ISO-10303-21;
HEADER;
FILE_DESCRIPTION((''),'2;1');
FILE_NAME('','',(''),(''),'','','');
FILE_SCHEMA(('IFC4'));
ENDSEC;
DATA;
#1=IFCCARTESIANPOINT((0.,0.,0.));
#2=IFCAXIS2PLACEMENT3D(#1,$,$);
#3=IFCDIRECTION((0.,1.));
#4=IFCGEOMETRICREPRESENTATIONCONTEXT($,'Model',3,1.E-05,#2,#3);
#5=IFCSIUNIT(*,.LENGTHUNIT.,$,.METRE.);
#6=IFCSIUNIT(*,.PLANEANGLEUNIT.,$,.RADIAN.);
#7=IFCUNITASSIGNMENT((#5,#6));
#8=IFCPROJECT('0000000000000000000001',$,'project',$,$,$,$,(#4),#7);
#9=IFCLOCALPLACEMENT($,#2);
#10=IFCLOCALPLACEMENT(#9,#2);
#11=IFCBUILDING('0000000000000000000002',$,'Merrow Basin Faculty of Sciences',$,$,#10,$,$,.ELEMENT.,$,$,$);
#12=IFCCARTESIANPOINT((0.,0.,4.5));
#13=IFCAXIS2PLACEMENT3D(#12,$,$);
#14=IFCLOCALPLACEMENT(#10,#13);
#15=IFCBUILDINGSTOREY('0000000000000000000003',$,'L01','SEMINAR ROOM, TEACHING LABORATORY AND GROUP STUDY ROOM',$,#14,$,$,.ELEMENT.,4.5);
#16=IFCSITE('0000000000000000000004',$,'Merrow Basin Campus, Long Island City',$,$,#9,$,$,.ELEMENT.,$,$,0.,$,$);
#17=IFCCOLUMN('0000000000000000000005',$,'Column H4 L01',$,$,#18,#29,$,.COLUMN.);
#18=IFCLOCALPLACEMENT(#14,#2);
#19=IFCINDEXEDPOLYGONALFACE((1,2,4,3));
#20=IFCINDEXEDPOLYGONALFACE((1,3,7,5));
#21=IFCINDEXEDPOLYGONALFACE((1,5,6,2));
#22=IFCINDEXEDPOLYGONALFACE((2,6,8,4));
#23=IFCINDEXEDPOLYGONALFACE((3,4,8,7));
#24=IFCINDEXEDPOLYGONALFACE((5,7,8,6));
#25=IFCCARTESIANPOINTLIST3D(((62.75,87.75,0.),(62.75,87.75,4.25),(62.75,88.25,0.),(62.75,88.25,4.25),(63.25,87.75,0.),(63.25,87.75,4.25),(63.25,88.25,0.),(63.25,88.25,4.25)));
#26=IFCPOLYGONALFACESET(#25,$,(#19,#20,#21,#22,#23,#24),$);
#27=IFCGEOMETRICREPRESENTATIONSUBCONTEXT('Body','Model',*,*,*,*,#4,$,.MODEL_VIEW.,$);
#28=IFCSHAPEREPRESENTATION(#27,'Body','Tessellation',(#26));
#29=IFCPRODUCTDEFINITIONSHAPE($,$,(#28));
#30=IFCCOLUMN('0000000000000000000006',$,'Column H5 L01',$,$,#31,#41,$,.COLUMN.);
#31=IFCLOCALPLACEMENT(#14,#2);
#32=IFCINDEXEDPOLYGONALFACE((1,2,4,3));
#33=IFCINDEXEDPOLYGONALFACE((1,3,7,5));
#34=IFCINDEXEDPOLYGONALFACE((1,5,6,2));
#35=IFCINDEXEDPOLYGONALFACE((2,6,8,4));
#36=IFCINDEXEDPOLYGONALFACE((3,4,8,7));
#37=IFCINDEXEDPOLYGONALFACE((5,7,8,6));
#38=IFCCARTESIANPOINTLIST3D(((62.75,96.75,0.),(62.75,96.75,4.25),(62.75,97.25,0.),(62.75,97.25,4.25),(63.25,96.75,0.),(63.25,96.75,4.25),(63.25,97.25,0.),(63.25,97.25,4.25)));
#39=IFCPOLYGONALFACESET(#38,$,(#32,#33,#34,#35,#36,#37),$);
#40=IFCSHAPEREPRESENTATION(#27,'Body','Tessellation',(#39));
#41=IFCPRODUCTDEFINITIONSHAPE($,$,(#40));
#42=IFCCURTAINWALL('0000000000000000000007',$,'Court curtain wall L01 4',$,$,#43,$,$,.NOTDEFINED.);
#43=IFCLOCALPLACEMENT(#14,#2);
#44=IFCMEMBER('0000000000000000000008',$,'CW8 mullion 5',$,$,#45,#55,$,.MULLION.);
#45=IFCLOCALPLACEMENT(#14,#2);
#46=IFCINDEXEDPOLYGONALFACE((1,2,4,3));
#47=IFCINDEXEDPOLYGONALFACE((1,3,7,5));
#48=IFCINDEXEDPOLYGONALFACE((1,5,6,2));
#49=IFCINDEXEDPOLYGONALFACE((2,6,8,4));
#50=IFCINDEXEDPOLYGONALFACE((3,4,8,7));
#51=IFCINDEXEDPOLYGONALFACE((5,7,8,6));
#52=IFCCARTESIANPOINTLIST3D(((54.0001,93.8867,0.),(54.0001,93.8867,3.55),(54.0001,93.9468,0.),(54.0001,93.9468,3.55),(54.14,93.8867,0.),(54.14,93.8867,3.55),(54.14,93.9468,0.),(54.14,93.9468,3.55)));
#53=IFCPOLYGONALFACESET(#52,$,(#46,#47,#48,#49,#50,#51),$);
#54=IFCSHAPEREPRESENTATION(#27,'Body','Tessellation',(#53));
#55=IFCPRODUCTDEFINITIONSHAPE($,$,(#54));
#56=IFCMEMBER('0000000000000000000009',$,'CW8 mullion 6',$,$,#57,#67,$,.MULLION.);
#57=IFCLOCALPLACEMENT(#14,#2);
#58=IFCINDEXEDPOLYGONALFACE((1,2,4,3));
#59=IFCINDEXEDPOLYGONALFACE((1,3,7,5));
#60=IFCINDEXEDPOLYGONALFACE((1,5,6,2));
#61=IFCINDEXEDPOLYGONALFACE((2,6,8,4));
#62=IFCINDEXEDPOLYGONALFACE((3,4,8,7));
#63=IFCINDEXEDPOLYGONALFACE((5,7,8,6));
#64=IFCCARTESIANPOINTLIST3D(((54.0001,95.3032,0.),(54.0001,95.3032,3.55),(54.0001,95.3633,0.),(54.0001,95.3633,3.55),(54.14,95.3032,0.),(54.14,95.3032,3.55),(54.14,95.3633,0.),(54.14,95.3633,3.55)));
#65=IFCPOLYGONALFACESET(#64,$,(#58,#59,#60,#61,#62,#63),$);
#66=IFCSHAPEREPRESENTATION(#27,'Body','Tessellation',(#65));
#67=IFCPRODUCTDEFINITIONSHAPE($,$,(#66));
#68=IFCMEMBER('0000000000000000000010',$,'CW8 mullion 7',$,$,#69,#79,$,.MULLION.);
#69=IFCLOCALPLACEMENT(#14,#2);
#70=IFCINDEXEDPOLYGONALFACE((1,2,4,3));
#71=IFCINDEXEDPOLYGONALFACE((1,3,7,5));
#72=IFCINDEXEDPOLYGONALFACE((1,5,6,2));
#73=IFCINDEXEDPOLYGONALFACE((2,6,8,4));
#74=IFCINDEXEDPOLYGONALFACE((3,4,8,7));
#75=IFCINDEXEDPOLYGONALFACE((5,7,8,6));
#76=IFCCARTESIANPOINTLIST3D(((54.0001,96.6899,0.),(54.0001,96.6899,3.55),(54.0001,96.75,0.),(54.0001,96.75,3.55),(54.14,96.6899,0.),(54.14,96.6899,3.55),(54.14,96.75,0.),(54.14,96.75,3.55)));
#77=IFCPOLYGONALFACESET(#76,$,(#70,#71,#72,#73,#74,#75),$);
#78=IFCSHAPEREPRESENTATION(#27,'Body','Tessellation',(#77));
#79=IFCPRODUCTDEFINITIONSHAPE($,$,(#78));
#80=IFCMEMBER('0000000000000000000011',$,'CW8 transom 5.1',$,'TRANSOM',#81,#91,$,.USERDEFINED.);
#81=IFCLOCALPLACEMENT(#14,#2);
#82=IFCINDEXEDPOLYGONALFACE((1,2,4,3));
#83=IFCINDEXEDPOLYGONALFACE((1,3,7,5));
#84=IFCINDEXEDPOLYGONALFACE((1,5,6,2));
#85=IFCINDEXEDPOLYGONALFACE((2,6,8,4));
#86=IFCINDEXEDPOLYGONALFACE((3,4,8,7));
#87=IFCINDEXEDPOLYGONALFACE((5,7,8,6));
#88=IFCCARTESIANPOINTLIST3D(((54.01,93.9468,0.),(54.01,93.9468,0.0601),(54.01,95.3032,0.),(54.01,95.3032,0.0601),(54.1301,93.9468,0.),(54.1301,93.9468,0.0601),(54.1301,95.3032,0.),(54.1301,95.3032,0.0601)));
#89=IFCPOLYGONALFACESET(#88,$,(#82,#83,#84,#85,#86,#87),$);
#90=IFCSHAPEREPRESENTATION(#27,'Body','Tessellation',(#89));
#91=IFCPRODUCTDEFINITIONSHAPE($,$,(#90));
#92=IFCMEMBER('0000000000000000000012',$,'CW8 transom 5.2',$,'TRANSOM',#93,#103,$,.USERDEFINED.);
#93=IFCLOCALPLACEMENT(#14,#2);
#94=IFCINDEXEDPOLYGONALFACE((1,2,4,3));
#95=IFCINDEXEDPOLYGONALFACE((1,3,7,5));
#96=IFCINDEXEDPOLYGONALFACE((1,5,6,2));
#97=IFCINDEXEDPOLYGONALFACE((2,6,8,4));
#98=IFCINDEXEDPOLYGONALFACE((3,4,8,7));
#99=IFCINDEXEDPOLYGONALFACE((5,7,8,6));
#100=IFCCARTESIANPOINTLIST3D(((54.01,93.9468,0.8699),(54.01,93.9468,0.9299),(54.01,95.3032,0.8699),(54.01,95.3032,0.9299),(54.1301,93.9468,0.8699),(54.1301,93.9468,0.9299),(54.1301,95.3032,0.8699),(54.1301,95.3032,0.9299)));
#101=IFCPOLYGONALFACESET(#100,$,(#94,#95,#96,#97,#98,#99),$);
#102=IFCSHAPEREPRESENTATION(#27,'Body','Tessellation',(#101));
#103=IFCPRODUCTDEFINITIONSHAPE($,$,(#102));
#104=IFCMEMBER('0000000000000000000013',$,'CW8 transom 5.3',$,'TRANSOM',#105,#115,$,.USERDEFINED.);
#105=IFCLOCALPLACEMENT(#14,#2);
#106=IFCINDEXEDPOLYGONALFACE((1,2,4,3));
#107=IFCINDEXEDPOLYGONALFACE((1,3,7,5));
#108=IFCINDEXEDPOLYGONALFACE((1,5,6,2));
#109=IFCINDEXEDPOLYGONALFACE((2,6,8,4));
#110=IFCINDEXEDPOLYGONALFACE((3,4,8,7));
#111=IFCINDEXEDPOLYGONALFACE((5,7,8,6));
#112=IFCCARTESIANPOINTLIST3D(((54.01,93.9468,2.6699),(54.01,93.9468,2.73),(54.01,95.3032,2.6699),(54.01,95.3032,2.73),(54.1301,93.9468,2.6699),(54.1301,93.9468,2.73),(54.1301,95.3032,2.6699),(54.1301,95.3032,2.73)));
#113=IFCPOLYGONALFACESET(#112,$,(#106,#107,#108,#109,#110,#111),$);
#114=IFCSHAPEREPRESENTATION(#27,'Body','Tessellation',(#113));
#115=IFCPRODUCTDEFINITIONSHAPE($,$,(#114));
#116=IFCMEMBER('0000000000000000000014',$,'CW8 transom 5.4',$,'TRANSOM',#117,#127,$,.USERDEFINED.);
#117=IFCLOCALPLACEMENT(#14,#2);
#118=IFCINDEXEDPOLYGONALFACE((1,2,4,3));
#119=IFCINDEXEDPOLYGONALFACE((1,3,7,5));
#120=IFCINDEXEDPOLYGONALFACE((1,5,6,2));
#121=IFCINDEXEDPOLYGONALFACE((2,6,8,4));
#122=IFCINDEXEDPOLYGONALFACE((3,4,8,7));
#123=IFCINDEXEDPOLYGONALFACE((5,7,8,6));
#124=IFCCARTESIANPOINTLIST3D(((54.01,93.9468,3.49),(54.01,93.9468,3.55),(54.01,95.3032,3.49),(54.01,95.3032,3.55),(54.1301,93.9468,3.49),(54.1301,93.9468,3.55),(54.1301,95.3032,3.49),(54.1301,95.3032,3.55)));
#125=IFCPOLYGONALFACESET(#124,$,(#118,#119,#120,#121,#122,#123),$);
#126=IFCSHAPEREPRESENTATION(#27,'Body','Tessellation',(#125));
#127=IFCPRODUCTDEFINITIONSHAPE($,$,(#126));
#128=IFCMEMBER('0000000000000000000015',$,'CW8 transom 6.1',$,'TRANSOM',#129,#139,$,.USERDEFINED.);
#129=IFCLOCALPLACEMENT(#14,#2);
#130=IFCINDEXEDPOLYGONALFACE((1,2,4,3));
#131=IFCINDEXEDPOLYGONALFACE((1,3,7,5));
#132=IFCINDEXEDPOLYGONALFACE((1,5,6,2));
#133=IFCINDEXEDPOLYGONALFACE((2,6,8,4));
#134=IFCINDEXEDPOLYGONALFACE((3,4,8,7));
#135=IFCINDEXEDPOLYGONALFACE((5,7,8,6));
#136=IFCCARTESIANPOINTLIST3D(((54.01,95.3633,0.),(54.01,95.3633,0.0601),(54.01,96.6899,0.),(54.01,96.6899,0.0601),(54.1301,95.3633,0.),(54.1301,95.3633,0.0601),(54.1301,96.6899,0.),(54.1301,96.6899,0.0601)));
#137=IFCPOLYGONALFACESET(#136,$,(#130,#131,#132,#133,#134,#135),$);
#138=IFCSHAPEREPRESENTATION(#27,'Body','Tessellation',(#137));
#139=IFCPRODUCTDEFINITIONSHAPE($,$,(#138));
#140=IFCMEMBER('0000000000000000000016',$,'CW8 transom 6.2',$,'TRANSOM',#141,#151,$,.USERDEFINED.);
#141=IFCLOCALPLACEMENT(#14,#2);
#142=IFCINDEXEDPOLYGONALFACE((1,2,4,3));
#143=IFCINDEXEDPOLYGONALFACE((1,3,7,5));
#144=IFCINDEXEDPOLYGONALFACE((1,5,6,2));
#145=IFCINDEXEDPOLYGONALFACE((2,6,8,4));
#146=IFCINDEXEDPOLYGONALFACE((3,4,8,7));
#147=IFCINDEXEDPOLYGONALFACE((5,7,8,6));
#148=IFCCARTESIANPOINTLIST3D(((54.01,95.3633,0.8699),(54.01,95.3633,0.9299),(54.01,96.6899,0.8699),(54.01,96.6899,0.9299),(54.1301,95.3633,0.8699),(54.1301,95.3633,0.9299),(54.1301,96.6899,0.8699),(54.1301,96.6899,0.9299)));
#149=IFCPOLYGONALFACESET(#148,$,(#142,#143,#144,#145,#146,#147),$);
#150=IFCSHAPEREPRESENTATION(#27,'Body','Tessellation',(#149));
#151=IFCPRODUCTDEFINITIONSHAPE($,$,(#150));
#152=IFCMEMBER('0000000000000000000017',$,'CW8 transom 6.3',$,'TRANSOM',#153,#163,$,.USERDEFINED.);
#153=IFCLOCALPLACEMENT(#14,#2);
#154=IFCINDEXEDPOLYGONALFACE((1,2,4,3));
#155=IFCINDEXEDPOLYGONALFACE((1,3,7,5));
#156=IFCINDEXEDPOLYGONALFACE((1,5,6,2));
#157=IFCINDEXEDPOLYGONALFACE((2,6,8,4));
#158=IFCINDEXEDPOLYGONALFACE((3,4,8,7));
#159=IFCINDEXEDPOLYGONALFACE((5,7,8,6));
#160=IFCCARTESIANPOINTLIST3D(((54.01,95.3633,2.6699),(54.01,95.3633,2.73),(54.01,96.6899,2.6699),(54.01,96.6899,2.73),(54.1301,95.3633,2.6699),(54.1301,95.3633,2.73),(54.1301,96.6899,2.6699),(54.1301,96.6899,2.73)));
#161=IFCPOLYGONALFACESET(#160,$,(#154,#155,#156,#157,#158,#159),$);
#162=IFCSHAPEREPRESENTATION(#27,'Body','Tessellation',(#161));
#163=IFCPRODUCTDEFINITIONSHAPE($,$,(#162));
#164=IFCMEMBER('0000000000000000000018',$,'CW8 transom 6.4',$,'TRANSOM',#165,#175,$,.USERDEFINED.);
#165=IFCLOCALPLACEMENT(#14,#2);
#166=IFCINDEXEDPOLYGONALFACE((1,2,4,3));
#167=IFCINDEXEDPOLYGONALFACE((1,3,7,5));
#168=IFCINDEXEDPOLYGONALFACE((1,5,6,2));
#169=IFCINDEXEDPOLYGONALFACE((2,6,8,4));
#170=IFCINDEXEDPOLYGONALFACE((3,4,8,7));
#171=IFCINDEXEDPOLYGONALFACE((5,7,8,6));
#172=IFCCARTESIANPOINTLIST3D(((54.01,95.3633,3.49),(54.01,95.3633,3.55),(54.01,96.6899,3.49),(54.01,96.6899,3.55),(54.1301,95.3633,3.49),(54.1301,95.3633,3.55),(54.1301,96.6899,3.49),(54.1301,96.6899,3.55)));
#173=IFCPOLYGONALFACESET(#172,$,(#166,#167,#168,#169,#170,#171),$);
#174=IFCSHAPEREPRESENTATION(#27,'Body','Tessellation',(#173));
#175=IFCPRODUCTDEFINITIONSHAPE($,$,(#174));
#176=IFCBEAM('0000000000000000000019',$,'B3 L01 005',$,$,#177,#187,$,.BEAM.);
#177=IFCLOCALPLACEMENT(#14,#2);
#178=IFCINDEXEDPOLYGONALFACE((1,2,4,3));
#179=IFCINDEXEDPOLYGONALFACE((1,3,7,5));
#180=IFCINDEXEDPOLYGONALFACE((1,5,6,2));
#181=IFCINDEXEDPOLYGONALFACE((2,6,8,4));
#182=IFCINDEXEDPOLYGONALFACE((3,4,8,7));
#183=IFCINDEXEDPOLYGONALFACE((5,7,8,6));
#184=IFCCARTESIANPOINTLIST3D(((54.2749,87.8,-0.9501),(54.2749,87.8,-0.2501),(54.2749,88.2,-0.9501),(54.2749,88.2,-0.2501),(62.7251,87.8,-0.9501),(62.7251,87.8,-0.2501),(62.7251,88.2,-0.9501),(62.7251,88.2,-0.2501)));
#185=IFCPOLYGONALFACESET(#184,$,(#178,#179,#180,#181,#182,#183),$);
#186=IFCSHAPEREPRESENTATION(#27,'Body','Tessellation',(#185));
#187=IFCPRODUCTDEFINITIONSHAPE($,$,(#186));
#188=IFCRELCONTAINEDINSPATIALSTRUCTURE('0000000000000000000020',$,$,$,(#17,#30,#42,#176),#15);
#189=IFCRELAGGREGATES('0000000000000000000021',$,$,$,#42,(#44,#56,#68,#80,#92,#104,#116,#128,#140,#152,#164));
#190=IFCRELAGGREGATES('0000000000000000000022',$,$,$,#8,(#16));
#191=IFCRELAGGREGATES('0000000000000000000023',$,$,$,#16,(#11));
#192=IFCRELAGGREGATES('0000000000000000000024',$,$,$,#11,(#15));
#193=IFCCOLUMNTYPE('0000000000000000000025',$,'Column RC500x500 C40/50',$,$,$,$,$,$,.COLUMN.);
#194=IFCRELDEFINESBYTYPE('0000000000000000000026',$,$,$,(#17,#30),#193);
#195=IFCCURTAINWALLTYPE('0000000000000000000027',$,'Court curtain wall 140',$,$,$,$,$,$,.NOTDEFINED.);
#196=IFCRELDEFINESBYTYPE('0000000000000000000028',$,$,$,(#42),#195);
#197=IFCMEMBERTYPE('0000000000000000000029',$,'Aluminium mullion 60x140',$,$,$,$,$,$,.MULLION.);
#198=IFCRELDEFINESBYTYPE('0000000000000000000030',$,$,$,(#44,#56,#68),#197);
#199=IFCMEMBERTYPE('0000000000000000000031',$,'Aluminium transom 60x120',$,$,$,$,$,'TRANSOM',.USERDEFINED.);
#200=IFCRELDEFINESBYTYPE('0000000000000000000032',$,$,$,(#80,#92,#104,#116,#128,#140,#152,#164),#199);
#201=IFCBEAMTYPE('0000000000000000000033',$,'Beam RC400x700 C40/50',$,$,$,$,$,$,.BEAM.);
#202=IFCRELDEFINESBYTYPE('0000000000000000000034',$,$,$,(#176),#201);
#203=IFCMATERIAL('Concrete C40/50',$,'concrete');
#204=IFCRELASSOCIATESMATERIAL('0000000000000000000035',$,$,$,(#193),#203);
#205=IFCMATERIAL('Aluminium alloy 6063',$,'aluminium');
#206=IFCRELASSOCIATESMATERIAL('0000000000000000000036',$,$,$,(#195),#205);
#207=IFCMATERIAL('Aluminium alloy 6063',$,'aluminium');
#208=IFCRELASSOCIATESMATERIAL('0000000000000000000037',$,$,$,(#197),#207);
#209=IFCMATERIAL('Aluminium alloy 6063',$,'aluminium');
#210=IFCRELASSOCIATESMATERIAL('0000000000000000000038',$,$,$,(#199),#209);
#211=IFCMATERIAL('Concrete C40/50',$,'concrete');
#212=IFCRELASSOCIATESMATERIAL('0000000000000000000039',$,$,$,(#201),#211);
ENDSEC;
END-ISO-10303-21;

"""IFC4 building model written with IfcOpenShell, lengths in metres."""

from ifc_helpers import new_model, si_unit, direction, frame, origin, origin_2d, place, context, subcontext, project, spatial, rectangle, extrude, material, material_profile, profile_set, type_object, element, aggregate, save


model = new_model("IFC4")

# Units and contexts
model_context = context("Model", 3, precision=1e-05, world=origin(), true_north=direction((0.0, 1.0)))
body_context = subcontext(model_context, "Body", "Model", "MODEL_VIEW")
ifc_project = project(units=[si_unit("LENGTHUNIT", "METRE"), si_unit("PLANEANGLEUNIT", "RADIAN")], contexts=[model_context])

# Site, building, storey
site_placement = place(None, origin())
site = spatial("IfcSite", under=ifc_project, at=site_placement, Name="Merrow Basin Campus, Long Island City", CompositionType="ELEMENT", RefElevation=0.0)
building_placement = place(site_placement, origin())
building = spatial("IfcBuilding", under=site, at=building_placement, Name="Merrow Basin Faculty of Sciences", CompositionType="ELEMENT")
storey_placement = place(building_placement, frame((0.0, 0.0, 4.5)))
storey = spatial("IfcBuildingStorey", under=building, at=storey_placement, Name="L01", Description="SEMINAR ROOM, TEACHING LABORATORY AND GROUP STUDY ROOM", CompositionType="ELEMENT", Elevation=4.5)

# Columns
ifc_material_1 = material(Name="Concrete C40/50", Category="concrete")
ifc_material_profile_1 = material_profile(ifc_material_1, rectangle(XDim=0.5, YDim=0.5, at=origin_2d()))
ifc_profile_set_1 = profile_set([ifc_material_profile_1], Name="Concrete C40/50")
column_type = type_object("IfcColumnType", Name="Column RC500x500 C40/50", PredefinedType="COLUMN", material=ifc_profile_set_1)
for number, where, z_axis, x_axis, name in (
    (1, (63.0, 88.0, 0.0), (0.0, 0.0, 1.0), (1.0, 0.0, 0.0), "Column H4 L01"),
    (2, (63.0, 97.0, 0.0), (0.0, 0.0, 1.0), (1.0, 0.0, 0.0), "Column H5 L01"),
):
    element("IfcColumn", number, at=place(storey_placement, frame(where, z_axis=z_axis, x_axis=x_axis)), inside=storey, type_object=column_type, Name=name, PredefinedType="COLUMN", context=body_context, shape_type="SweptSolid", body=[
        extrude(rectangle(XDim=0.5, YDim=0.5, at=origin_2d()), origin(), (0.0, 0.0, 1.0), 4.25),
    ])

# Curtain wall, members
ifc_material_2 = material(Name="Aluminium alloy 6063", Category="aluminium")
curtain_wall_type = type_object("IfcCurtainWallType", Name="Court curtain wall 140", PredefinedType="NOTDEFINED", material=ifc_material_2)
curtain_wall_placement = place(storey_placement, origin())
curtain_wall = element("IfcCurtainWall", 3, at=curtain_wall_placement, inside=storey, type_object=curtain_wall_type, Name="Court curtain wall L01 4", PredefinedType="NOTDEFINED")
ifc_material_3 = material(Name="Aluminium alloy 6063", Category="aluminium")
ifc_material_profile_2 = material_profile(ifc_material_3, rectangle(XDim=0.1399, YDim=0.0601, at=origin_2d()))
ifc_profile_set_2 = profile_set([ifc_material_profile_2], Name="Aluminium alloy 6063")
member_type_1 = type_object("IfcMemberType", Name="Aluminium mullion 60x140", PredefinedType="MULLION", material=ifc_profile_set_2)
member_1_placement = place(storey_placement, frame((54.0701, 93.9167, 0.0), z_axis=(0.0, 0.0, 1.0), x_axis=(-1.0, 0.0, 0.0)))
member_1 = element("IfcMember", 4, at=member_1_placement, type_object=member_type_1, Name="CW8 mullion 5", PredefinedType="MULLION", context=body_context, shape_type="SweptSolid", body=[
    extrude(rectangle(XDim=0.1399, YDim=0.0601, at=origin_2d()), origin(), (0.0, 0.0, 1.0), 3.55),
])
member_2_placement = place(storey_placement, frame((54.0701, 95.3333, 0.0), z_axis=(0.0, 0.0, 1.0), x_axis=(-1.0, 0.0, 0.0)))
member_2 = element("IfcMember", 5, at=member_2_placement, type_object=member_type_1, Name="CW8 mullion 6", PredefinedType="MULLION", context=body_context, shape_type="SweptSolid", body=[
    extrude(rectangle(XDim=0.1399, YDim=0.0601, at=origin_2d()), origin(), (0.0, 0.0, 1.0), 3.55),
])
member_3_placement = place(storey_placement, frame((54.0701, 96.72, 0.0), z_axis=(0.0, 0.0, 1.0), x_axis=(-1.0, 0.0, 0.0)))
member_3 = element("IfcMember", 6, at=member_3_placement, type_object=member_type_1, Name="CW8 mullion 7", PredefinedType="MULLION", context=body_context, shape_type="SweptSolid", body=[
    extrude(rectangle(XDim=0.1399, YDim=0.0601, at=origin_2d()), origin(), (0.0, 0.0, 1.0), 3.55),
])
ifc_material_4 = material(Name="Aluminium alloy 6063", Category="aluminium")
ifc_material_profile_3 = material_profile(ifc_material_4, rectangle(XDim=0.1201, YDim=0.0601, at=origin_2d()))
ifc_profile_set_3 = profile_set([ifc_material_profile_3], Name="Aluminium alloy 6063")
member_type_2 = type_object("IfcMemberType", Name="Aluminium transom 60x120", ElementType="TRANSOM", PredefinedType="USERDEFINED", material=ifc_profile_set_3)
member_4_placement = place(storey_placement, frame((54.0701, 93.9468, 0.03), z_axis=(0.0, 1.0, 0.0), x_axis=(-1.0, 0.0, 0.0)))
member_4 = element("IfcMember", 7, at=member_4_placement, type_object=member_type_2, Name="CW8 transom 5.1", ObjectType="TRANSOM", PredefinedType="USERDEFINED", context=body_context, shape_type="SweptSolid", body=[
    extrude(rectangle(XDim=0.1201, YDim=0.0601, at=origin_2d()), origin(), (0.0, 0.0, 1.0), 1.3564),
])
member_5_placement = place(storey_placement, frame((54.0701, 93.9468, 0.8999), z_axis=(0.0, 1.0, 0.0), x_axis=(-1.0, 0.0, 0.0)))
member_5 = element("IfcMember", 8, at=member_5_placement, type_object=member_type_2, Name="CW8 transom 5.2", ObjectType="TRANSOM", PredefinedType="USERDEFINED", context=body_context, shape_type="SweptSolid", body=[
    extrude(rectangle(XDim=0.1201, YDim=0.0601, at=origin_2d()), origin(), (0.0, 0.0, 1.0), 1.3564),
])
member_6_placement = place(storey_placement, frame((54.0701, 93.9468, 2.7), z_axis=(0.0, 1.0, 0.0), x_axis=(-1.0, 0.0, 0.0)))
member_6 = element("IfcMember", 9, at=member_6_placement, type_object=member_type_2, Name="CW8 transom 5.3", ObjectType="TRANSOM", PredefinedType="USERDEFINED", context=body_context, shape_type="SweptSolid", body=[
    extrude(rectangle(XDim=0.1201, YDim=0.0601, at=origin_2d()), origin(), (0.0, 0.0, 1.0), 1.3564),
])
member_7_placement = place(storey_placement, frame((54.0701, 93.9468, 3.52), z_axis=(0.0, 1.0, 0.0), x_axis=(-1.0, 0.0, 0.0)))
member_7 = element("IfcMember", 10, at=member_7_placement, type_object=member_type_2, Name="CW8 transom 5.4", ObjectType="TRANSOM", PredefinedType="USERDEFINED", context=body_context, shape_type="SweptSolid", body=[
    extrude(rectangle(XDim=0.1201, YDim=0.0601, at=origin_2d()), origin(), (0.0, 0.0, 1.0), 1.3564),
])
member_8_placement = place(storey_placement, frame((54.0701, 95.3633, 0.03), z_axis=(0.0, 1.0, 0.0), x_axis=(-1.0, 0.0, 0.0)))
member_8 = element("IfcMember", 11, at=member_8_placement, type_object=member_type_2, Name="CW8 transom 6.1", ObjectType="TRANSOM", PredefinedType="USERDEFINED", context=body_context, shape_type="SweptSolid", body=[
    extrude(rectangle(XDim=0.1201, YDim=0.0601, at=origin_2d()), origin(), (0.0, 0.0, 1.0), 1.3267),
])
member_9_placement = place(storey_placement, frame((54.0701, 95.3633, 0.8999), z_axis=(0.0, 1.0, 0.0), x_axis=(-1.0, 0.0, 0.0)))
member_9 = element("IfcMember", 12, at=member_9_placement, type_object=member_type_2, Name="CW8 transom 6.2", ObjectType="TRANSOM", PredefinedType="USERDEFINED", context=body_context, shape_type="SweptSolid", body=[
    extrude(rectangle(XDim=0.1201, YDim=0.0601, at=origin_2d()), origin(), (0.0, 0.0, 1.0), 1.3267),
])
member_10_placement = place(storey_placement, frame((54.0701, 95.3633, 2.7), z_axis=(0.0, 1.0, 0.0), x_axis=(-1.0, 0.0, 0.0)))
member_10 = element("IfcMember", 13, at=member_10_placement, type_object=member_type_2, Name="CW8 transom 6.3", ObjectType="TRANSOM", PredefinedType="USERDEFINED", context=body_context, shape_type="SweptSolid", body=[
    extrude(rectangle(XDim=0.1201, YDim=0.0601, at=origin_2d()), origin(), (0.0, 0.0, 1.0), 1.3267),
])
member_11_placement = place(storey_placement, frame((54.0701, 95.3633, 3.52), z_axis=(0.0, 1.0, 0.0), x_axis=(-1.0, 0.0, 0.0)))
member_11 = element("IfcMember", 14, at=member_11_placement, type_object=member_type_2, Name="CW8 transom 6.4", ObjectType="TRANSOM", PredefinedType="USERDEFINED", context=body_context, shape_type="SweptSolid", body=[
    extrude(rectangle(XDim=0.1201, YDim=0.0601, at=origin_2d()), origin(), (0.0, 0.0, 1.0), 1.3267),
])

# Beam
ifc_material_5 = material(Name="Concrete C40/50", Category="concrete")
ifc_material_profile_4 = material_profile(ifc_material_5, rectangle(XDim=0.3999, YDim=0.7, at=origin_2d()))
ifc_profile_set_4 = profile_set([ifc_material_profile_4], Name="Concrete C40/50")
beam_type_1 = type_object("IfcBeamType", Name="Beam RC400x700 C40/50", PredefinedType="BEAM", material=ifc_profile_set_4)
for number, where, z_axis, x_axis, name in (
    (15, (54.2749, 88.0, -0.6001), (1.0, 0.0, 0.0), (0.0, 1.0, 0.0), "B3 L01 005"),
):
    element("IfcBeam", number, at=place(storey_placement, frame(where, z_axis=z_axis, x_axis=x_axis)), inside=storey, type_object=beam_type_1, Name=name, PredefinedType="BEAM", context=body_context, shape_type="SweptSolid", body=[
        extrude(rectangle(XDim=0.3999, YDim=0.7, at=origin_2d()), origin(), (0.0, 0.0, 1.0), 8.4502),
    ])

aggregate(curtain_wall, [member_1, member_2, member_3, member_4, member_5, member_6, member_7, member_8, member_9, member_10, member_11])

save(model, "model.ifc")
